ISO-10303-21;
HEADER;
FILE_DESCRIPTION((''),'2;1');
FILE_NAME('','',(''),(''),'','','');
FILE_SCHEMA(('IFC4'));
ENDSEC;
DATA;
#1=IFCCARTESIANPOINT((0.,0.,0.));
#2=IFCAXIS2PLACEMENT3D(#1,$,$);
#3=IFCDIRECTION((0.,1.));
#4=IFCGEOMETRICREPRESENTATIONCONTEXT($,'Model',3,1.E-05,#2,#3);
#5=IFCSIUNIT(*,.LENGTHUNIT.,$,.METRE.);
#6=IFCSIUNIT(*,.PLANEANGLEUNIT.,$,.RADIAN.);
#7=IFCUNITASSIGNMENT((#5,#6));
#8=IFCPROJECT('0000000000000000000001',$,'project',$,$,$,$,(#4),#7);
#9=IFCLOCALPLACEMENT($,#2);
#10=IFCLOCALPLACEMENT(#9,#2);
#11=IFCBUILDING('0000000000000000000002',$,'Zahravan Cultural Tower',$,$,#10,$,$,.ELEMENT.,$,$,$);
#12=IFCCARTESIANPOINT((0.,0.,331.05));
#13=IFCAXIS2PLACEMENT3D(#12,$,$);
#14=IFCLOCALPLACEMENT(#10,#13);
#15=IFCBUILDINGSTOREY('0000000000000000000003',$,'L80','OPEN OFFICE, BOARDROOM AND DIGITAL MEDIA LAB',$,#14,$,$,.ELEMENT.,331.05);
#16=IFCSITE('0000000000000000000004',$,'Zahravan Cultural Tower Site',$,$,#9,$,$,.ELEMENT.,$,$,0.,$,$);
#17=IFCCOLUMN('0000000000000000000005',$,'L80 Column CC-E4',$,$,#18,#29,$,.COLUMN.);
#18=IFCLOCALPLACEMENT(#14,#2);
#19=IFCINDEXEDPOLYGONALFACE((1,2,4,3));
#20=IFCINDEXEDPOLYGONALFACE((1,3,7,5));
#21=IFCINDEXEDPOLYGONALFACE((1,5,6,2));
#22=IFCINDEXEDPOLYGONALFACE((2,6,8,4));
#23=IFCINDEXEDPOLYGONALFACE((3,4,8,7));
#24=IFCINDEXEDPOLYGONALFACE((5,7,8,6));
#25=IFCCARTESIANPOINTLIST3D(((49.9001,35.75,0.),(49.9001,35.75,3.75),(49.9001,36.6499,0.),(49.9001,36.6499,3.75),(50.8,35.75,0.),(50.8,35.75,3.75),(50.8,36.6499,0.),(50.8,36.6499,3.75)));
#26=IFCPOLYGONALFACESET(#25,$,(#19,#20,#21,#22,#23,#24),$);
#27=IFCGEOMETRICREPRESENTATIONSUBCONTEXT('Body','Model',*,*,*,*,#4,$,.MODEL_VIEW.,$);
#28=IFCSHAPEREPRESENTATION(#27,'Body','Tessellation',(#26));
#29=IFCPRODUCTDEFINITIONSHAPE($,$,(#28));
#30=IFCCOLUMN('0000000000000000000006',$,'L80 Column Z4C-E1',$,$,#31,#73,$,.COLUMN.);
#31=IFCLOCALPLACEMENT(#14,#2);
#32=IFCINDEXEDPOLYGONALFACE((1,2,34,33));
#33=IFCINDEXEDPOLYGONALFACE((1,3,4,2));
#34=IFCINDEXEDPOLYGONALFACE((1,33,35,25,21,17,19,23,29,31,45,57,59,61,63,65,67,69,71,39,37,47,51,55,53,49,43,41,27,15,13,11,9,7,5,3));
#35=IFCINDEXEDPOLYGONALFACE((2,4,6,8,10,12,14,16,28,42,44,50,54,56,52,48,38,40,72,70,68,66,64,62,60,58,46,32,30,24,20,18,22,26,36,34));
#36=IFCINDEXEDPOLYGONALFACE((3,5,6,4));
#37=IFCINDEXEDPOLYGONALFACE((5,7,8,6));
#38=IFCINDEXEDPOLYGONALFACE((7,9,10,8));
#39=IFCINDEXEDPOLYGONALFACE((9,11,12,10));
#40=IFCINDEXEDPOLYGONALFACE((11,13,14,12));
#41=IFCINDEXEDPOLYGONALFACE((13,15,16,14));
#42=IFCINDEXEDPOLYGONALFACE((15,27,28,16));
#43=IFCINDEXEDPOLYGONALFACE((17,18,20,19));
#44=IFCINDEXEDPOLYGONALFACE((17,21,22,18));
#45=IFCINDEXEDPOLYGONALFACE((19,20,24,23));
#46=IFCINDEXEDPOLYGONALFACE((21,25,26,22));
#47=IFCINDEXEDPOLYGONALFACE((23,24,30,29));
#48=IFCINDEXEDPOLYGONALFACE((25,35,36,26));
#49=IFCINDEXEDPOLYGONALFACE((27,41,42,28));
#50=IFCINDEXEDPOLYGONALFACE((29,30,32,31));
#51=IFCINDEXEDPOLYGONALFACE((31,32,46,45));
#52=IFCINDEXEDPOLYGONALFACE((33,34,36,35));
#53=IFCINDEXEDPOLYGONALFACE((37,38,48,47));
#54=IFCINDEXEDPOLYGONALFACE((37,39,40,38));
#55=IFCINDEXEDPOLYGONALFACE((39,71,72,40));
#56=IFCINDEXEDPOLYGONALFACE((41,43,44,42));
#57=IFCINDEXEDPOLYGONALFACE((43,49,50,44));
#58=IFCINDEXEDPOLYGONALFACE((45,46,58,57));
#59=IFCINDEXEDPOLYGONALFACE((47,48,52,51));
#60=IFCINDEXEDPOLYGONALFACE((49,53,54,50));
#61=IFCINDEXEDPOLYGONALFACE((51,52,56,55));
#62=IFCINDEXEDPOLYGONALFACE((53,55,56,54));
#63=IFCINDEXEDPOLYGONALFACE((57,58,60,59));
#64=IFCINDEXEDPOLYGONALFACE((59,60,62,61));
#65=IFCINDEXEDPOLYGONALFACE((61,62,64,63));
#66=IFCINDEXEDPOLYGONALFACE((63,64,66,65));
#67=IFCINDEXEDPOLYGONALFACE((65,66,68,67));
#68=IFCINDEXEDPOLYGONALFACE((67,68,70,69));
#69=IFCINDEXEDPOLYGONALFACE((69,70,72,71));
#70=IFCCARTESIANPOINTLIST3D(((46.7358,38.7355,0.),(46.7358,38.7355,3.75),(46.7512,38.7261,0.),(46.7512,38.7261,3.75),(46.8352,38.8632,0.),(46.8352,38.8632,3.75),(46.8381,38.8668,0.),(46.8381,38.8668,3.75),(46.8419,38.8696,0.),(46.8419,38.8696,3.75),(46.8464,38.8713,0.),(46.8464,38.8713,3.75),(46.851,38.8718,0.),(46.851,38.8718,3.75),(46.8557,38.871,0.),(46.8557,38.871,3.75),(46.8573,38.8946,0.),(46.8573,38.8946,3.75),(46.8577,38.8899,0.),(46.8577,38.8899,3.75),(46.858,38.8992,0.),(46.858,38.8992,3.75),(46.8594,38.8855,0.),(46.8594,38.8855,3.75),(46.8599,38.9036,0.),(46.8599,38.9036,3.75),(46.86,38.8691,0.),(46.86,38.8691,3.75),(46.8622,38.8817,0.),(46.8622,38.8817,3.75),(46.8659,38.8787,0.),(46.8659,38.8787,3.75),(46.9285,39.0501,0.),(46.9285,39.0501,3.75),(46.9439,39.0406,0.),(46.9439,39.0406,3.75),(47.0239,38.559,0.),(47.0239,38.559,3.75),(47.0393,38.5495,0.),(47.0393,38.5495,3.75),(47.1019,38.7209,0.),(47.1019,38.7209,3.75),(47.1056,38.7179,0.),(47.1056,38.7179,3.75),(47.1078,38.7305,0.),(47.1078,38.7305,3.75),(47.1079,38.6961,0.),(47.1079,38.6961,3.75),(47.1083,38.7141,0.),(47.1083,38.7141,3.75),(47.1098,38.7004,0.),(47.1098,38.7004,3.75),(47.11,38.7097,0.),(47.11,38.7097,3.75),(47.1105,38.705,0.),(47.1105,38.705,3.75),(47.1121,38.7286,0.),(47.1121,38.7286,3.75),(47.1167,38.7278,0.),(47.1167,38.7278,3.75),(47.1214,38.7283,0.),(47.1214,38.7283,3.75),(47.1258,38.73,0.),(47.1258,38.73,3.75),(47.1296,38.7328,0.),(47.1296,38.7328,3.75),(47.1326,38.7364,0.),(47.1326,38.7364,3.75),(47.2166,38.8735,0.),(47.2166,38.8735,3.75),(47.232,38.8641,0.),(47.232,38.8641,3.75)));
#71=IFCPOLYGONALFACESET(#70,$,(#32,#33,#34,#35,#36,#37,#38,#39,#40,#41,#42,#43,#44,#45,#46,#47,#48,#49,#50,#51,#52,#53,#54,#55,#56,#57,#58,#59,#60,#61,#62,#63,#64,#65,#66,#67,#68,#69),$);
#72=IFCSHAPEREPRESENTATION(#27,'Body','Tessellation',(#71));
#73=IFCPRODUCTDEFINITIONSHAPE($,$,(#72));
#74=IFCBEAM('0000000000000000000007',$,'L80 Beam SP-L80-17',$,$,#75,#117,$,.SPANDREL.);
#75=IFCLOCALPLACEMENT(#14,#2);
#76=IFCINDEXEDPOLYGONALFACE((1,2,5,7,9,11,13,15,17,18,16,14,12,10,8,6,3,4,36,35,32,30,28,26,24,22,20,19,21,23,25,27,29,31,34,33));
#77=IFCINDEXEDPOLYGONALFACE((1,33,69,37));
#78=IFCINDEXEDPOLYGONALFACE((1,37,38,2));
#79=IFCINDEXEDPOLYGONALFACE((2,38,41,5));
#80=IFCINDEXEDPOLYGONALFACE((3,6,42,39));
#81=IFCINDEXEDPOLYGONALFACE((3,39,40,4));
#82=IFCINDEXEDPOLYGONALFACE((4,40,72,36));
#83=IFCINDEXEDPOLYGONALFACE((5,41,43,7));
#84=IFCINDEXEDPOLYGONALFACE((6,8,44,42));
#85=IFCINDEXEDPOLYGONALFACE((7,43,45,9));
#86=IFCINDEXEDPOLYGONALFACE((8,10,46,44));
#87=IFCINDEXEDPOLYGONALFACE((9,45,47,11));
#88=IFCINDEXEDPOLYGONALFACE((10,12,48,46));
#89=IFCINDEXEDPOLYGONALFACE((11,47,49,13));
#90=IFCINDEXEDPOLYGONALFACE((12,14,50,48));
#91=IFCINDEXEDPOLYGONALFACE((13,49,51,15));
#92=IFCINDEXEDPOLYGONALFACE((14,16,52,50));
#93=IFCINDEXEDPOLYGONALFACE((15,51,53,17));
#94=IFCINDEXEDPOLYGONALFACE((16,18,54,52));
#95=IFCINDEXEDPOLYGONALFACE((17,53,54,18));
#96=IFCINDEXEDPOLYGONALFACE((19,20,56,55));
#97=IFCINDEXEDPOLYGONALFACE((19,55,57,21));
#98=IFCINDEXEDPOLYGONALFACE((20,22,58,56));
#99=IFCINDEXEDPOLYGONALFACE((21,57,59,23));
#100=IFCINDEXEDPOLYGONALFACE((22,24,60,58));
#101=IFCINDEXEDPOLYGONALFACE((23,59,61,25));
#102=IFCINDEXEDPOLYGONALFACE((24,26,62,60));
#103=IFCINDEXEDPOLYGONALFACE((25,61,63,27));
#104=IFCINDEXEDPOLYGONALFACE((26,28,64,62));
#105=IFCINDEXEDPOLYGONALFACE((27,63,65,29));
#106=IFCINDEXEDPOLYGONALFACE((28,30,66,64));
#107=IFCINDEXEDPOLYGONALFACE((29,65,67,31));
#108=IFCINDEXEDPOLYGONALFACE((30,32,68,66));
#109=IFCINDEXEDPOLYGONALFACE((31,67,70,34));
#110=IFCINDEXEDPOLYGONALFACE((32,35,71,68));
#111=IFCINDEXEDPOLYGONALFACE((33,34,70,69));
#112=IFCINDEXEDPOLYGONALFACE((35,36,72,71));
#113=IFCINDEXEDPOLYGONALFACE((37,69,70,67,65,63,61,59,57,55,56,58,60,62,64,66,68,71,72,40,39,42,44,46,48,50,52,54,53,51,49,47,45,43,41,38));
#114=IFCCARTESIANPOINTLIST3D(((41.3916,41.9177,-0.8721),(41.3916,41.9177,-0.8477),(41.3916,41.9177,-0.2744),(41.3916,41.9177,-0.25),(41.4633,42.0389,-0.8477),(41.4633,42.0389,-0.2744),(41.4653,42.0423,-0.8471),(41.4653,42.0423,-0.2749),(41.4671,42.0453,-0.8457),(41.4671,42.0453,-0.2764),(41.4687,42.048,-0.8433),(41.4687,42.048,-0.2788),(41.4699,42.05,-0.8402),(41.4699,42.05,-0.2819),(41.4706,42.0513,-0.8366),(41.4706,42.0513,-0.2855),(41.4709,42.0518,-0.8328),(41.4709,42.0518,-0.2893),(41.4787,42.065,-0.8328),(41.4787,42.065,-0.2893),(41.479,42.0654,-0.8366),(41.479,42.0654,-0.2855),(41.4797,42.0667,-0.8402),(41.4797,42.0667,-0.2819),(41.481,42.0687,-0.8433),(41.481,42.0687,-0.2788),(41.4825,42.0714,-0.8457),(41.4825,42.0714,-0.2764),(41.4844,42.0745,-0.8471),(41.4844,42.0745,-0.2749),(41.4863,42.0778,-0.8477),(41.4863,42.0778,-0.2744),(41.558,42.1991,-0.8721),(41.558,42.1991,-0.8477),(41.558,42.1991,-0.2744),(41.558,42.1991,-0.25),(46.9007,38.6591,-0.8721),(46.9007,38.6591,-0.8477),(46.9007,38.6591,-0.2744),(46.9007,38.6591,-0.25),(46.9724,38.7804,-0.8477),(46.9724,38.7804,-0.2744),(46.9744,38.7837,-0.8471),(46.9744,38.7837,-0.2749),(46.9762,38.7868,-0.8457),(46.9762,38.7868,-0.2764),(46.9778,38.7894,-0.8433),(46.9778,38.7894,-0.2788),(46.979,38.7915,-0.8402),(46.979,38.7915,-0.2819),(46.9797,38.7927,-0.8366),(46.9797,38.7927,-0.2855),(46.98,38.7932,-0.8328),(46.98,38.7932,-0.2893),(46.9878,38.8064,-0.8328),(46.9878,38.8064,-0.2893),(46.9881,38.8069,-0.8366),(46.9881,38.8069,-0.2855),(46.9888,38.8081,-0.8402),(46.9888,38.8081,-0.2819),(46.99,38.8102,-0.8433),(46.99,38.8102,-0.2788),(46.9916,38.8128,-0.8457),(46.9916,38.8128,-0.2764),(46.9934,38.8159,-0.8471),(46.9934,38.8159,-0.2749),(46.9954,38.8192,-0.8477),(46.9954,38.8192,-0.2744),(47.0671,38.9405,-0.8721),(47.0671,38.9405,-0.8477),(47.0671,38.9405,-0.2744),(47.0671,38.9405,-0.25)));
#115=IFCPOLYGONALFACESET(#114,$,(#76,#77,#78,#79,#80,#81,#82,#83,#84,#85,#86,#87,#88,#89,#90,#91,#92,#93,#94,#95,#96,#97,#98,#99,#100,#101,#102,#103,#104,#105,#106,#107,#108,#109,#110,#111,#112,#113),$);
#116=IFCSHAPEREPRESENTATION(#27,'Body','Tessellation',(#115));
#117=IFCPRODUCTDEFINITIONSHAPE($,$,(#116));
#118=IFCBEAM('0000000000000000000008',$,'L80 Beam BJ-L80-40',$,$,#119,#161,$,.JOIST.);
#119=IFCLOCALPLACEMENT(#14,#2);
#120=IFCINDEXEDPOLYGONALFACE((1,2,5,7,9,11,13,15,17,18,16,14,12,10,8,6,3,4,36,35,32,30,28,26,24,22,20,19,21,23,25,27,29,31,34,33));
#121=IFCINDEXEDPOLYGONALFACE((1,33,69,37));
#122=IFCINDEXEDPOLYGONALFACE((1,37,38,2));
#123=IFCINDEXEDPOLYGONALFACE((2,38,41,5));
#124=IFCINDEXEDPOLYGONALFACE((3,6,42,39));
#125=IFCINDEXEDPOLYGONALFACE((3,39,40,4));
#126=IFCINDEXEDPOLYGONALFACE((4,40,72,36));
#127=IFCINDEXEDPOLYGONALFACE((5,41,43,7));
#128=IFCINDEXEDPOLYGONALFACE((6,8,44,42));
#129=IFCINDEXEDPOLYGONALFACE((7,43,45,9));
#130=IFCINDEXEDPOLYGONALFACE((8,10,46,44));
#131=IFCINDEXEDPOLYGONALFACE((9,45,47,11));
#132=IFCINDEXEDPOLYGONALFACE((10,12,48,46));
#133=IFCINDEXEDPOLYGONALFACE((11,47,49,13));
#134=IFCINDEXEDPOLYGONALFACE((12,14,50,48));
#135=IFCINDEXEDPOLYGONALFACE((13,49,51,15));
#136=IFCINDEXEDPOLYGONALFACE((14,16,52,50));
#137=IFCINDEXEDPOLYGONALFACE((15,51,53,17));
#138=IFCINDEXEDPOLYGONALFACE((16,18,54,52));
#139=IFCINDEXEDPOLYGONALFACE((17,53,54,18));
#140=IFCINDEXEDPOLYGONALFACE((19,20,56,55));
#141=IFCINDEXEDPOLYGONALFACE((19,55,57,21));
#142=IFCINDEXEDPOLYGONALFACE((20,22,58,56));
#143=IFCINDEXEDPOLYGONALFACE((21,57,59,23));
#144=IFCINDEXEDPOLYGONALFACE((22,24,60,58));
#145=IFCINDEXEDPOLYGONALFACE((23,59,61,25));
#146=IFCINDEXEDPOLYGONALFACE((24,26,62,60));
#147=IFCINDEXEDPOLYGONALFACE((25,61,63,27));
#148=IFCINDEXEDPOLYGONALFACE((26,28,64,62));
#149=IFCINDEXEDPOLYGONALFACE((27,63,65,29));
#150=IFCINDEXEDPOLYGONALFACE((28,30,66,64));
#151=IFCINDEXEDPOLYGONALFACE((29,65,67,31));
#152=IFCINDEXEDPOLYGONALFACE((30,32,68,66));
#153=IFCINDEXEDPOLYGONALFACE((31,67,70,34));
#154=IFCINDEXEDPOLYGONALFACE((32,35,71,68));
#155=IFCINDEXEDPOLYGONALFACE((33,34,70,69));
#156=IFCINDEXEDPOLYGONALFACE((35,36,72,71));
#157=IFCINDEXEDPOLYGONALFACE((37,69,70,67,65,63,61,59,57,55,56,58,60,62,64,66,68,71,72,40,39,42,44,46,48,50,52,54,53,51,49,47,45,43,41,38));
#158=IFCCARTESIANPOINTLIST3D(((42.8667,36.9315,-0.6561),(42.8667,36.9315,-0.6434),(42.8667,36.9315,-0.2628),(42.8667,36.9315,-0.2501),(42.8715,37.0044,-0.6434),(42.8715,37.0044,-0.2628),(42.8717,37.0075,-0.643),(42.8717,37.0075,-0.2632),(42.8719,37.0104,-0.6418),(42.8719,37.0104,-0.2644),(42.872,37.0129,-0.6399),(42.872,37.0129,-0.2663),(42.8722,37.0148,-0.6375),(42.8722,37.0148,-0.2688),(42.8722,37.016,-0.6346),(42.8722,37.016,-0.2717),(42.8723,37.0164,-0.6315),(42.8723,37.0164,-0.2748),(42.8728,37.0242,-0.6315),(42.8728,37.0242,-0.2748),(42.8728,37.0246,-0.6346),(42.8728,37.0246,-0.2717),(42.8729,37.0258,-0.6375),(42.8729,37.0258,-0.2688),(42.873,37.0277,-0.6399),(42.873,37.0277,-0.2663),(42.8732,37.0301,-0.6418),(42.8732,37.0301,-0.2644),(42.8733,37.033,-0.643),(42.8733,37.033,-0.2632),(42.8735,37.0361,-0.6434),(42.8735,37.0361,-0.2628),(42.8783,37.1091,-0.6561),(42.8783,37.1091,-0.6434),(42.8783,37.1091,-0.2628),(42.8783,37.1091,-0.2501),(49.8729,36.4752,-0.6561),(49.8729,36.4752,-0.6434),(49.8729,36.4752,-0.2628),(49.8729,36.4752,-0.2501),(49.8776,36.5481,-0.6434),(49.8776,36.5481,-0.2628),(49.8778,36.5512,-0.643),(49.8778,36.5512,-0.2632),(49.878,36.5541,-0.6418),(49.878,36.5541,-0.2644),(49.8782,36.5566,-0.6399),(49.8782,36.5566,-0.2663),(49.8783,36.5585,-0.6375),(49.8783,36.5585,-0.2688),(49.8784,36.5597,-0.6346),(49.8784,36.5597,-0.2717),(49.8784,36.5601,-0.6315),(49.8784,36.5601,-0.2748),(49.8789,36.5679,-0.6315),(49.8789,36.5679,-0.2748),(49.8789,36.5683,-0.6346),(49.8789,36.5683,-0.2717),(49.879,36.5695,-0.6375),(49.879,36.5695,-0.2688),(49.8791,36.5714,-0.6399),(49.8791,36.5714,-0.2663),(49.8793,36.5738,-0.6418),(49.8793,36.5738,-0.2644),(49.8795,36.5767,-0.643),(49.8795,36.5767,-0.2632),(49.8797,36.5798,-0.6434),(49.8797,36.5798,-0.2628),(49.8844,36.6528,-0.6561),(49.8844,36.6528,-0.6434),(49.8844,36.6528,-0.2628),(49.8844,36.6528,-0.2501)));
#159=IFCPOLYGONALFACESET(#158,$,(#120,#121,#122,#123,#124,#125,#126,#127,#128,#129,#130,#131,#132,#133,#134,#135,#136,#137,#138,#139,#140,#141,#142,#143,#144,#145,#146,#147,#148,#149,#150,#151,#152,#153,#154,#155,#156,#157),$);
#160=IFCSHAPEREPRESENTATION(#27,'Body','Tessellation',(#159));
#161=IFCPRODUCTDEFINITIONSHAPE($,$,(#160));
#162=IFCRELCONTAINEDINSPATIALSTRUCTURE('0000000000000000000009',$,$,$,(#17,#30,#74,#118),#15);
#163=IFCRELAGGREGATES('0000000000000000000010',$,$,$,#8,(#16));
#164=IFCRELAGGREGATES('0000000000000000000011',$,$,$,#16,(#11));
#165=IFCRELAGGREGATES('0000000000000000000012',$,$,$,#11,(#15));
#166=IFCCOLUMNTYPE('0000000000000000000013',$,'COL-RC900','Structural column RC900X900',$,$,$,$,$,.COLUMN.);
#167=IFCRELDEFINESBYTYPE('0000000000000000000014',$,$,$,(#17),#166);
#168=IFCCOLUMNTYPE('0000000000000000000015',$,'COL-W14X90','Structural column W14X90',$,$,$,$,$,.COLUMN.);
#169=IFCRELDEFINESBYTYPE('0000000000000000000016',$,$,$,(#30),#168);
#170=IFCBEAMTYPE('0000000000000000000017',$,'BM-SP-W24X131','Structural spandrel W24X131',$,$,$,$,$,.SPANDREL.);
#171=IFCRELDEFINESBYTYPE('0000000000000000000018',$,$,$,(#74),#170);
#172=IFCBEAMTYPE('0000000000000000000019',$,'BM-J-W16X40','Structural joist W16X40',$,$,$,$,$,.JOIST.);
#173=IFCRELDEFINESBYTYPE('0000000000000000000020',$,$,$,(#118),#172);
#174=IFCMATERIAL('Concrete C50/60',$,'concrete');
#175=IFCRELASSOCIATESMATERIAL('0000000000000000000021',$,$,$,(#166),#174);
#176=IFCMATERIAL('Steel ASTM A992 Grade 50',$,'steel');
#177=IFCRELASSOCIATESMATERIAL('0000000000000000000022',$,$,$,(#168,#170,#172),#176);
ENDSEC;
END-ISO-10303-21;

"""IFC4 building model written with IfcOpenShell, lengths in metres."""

from ifc_helpers import new_model, si_unit, direction, frame, origin, origin_2d, place, context, subcontext, project, spatial, rectangle, i_section, extrude, source, transform, mapped, material, material_profile, profile_set, type_object, element, save


model = new_model("IFC4")

# Units and contexts
model_context = context("Model", 3, precision=1e-05, world=origin(), true_north=direction((0.0, 1.0)))
body_context = subcontext(model_context, "Body", "Model", "MODEL_VIEW")
ifc_project = project(units=[si_unit("LENGTHUNIT", "METRE"), si_unit("PLANEANGLEUNIT", "RADIAN")], contexts=[model_context])

# Site, building, storey
site_placement = place(None, origin())
site = spatial("IfcSite", under=ifc_project, at=site_placement, Name="Zahravan Cultural Tower Site", CompositionType="ELEMENT", RefElevation=0.0)
building_placement = place(site_placement, origin())
building = spatial("IfcBuilding", under=site, at=building_placement, Name="Zahravan Cultural Tower", CompositionType="ELEMENT")
storey_placement = place(building_placement, frame((0.0, 0.0, 331.05)))
storey = spatial("IfcBuildingStorey", under=building, at=storey_placement, Name="L80", Description="OPEN OFFICE, BOARDROOM AND DIGITAL MEDIA LAB", CompositionType="ELEMENT", Elevation=331.05)

# Columns
ifc_material_1 = material(Name="Concrete C50/60", Category="concrete")
ifc_material_profile_1 = material_profile(ifc_material_1, rectangle(XDim=0.8999, YDim=0.8999, at=origin_2d()), Name="RC900X900")
ifc_profile_set_1 = profile_set([ifc_material_profile_1], Name="Concrete C50/60")
column_type_1 = type_object("IfcColumnType", Name="COL-RC900", Description="Structural column RC900X900", PredefinedType="COLUMN", material=ifc_profile_set_1)
shared_shape_1 = source(origin(), body_context, "Body", "SweptSolid", [
    extrude(rectangle(XDim=0.8999, YDim=0.8999, at=origin_2d()), origin(), (0.0, 0.0, 1.0), 3.75),
])
column_1_placement = place(storey_placement, frame((50.3501, 36.2, 0.0), z_axis=(0.0, 0.0, 1.0), x_axis=(1.0, 0.0, 0.0)))
element("IfcColumn", 1, at=column_1_placement, inside=storey, type_object=column_type_1, Name="L80 Column CC-E4", PredefinedType="COLUMN", context=body_context, shape_type="MappedRepresentation", body=[
    mapped(shared_shape_1, transform((0.0, 0.0, 0.0), x_axis=(1.0, 0.0, 0.0), y_axis=(0.0, 1.0, 0.0), z_axis=(0.0, 0.0, 1.0), scale=1.0)),
])
ifc_material_2 = material(Name="Steel ASTM A992 Grade 50", Category="steel")
ifc_material_profile_2 = material_profile(ifc_material_2, i_section(OverallWidth=0.3689, OverallDepth=0.356, WebThickness=0.0112, FlangeThickness=0.0181, FilletRadius=0.0181, at=origin_2d()), Name="W14X90")
ifc_profile_set_2 = profile_set([ifc_material_profile_2], Name="Steel ASTM A992 Grade 50")
column_type_2 = type_object("IfcColumnType", Name="COL-W14X90", Description="Structural column W14X90", PredefinedType="COLUMN", material=ifc_profile_set_2)
shared_shape_2 = source(origin(), body_context, "Body", "SweptSolid", [
    extrude(i_section(OverallWidth=0.3689, OverallDepth=0.356, WebThickness=0.0112, FlangeThickness=0.0181, FilletRadius=0.0181, at=origin_2d()), origin(), (0.0, 0.0, 1.0), 3.75),
])
column_2_placement = place(storey_placement, frame((46.9839, 38.7998, 0.0), z_axis=(0.0, 0.0, 1.0), x_axis=(0.522499, 0.85264, 0.0)))
element("IfcColumn", 2, at=column_2_placement, inside=storey, type_object=column_type_2, Name="L80 Column Z4C-E1", PredefinedType="COLUMN", context=body_context, shape_type="MappedRepresentation", body=[
    mapped(shared_shape_2, transform((0.0, 0.0, 0.0), x_axis=(1.0, 0.0, 0.0), y_axis=(0.0, 1.0, 0.0), z_axis=(0.0, 0.0, 1.0), scale=1.0)),
])

# Beams
ifc_material_profile_3 = material_profile(ifc_material_2, i_section(OverallWidth=0.3269, OverallDepth=0.6221, WebThickness=0.0154, FlangeThickness=0.0244, FilletRadius=0.0149, at=origin_2d()), Name="W24X131")
ifc_profile_set_3 = profile_set([ifc_material_profile_3], Name="Steel ASTM A992 Grade 50")
beam_type_1 = type_object("IfcBeamType", Name="BM-SP-W24X131", Description="Structural spandrel W24X131", PredefinedType="SPANDREL", material=ifc_profile_set_3)
shared_shape_3 = source(origin(), body_context, "Body", "SweptSolid", [
    extrude(i_section(OverallWidth=0.3269, OverallDepth=0.6221, WebThickness=0.0154, FlangeThickness=0.0244, FilletRadius=0.0149, at=origin_2d()), origin(), (0.0, 0.0, 1.0), 6.4006),
])
beam_1_placement = place(storey_placement, frame((46.9839, 38.7998, -0.561), z_axis=(-0.860707, 0.509101, 0.0), x_axis=(-0.509101, -0.860707, 0.0)))
element("IfcBeam", 3, at=beam_1_placement, inside=storey, type_object=beam_type_1, Name="L80 Beam SP-L80-17", PredefinedType="SPANDREL", context=body_context, shape_type="MappedRepresentation", body=[
    mapped(shared_shape_3, transform((0.0, 0.0, 0.0), x_axis=(1.0, 0.0, 0.0), y_axis=(0.0, 1.0, 0.0), z_axis=(0.0, 0.0, 1.0), scale=1.0)),
])
ifc_material_profile_4 = material_profile(ifc_material_2, i_section(OverallWidth=0.178, OverallDepth=0.406, WebThickness=0.0078, FlangeThickness=0.0127, FilletRadius=0.012, at=origin_2d()), Name="W16X40")
ifc_profile_set_4 = profile_set([ifc_material_profile_4], Name="Steel ASTM A992 Grade 50")
beam_type_2 = type_object("IfcBeamType", Name="BM-J-W16X40", Description="Structural joist W16X40", PredefinedType="JOIST", material=ifc_profile_set_4)
shared_shape_4 = source(origin(), body_context, "Body", "SweptSolid", [
    extrude(i_section(OverallWidth=0.178, OverallDepth=0.406, WebThickness=0.0078, FlangeThickness=0.0127, FilletRadius=0.012, at=origin_2d()), origin(), (0.0, 0.0, 1.0), 7.021),
])
beam_2_placement = place(storey_placement, frame((49.8787, 36.564, -0.4531), z_axis=(-0.997886, 0.064991, 0.0), x_axis=(-0.064991, -0.997886, 0.0)))
element("IfcBeam", 4, at=beam_2_placement, inside=storey, type_object=beam_type_2, Name="L80 Beam BJ-L80-40", PredefinedType="JOIST", context=body_context, shape_type="MappedRepresentation", body=[
    mapped(shared_shape_4, transform((0.0, 0.0, 0.0), x_axis=(1.0, 0.0, 0.0), y_axis=(0.0, 1.0, 0.0), z_axis=(0.0, 0.0, 1.0), scale=1.0)),
])

save(model, "model.ifc")
